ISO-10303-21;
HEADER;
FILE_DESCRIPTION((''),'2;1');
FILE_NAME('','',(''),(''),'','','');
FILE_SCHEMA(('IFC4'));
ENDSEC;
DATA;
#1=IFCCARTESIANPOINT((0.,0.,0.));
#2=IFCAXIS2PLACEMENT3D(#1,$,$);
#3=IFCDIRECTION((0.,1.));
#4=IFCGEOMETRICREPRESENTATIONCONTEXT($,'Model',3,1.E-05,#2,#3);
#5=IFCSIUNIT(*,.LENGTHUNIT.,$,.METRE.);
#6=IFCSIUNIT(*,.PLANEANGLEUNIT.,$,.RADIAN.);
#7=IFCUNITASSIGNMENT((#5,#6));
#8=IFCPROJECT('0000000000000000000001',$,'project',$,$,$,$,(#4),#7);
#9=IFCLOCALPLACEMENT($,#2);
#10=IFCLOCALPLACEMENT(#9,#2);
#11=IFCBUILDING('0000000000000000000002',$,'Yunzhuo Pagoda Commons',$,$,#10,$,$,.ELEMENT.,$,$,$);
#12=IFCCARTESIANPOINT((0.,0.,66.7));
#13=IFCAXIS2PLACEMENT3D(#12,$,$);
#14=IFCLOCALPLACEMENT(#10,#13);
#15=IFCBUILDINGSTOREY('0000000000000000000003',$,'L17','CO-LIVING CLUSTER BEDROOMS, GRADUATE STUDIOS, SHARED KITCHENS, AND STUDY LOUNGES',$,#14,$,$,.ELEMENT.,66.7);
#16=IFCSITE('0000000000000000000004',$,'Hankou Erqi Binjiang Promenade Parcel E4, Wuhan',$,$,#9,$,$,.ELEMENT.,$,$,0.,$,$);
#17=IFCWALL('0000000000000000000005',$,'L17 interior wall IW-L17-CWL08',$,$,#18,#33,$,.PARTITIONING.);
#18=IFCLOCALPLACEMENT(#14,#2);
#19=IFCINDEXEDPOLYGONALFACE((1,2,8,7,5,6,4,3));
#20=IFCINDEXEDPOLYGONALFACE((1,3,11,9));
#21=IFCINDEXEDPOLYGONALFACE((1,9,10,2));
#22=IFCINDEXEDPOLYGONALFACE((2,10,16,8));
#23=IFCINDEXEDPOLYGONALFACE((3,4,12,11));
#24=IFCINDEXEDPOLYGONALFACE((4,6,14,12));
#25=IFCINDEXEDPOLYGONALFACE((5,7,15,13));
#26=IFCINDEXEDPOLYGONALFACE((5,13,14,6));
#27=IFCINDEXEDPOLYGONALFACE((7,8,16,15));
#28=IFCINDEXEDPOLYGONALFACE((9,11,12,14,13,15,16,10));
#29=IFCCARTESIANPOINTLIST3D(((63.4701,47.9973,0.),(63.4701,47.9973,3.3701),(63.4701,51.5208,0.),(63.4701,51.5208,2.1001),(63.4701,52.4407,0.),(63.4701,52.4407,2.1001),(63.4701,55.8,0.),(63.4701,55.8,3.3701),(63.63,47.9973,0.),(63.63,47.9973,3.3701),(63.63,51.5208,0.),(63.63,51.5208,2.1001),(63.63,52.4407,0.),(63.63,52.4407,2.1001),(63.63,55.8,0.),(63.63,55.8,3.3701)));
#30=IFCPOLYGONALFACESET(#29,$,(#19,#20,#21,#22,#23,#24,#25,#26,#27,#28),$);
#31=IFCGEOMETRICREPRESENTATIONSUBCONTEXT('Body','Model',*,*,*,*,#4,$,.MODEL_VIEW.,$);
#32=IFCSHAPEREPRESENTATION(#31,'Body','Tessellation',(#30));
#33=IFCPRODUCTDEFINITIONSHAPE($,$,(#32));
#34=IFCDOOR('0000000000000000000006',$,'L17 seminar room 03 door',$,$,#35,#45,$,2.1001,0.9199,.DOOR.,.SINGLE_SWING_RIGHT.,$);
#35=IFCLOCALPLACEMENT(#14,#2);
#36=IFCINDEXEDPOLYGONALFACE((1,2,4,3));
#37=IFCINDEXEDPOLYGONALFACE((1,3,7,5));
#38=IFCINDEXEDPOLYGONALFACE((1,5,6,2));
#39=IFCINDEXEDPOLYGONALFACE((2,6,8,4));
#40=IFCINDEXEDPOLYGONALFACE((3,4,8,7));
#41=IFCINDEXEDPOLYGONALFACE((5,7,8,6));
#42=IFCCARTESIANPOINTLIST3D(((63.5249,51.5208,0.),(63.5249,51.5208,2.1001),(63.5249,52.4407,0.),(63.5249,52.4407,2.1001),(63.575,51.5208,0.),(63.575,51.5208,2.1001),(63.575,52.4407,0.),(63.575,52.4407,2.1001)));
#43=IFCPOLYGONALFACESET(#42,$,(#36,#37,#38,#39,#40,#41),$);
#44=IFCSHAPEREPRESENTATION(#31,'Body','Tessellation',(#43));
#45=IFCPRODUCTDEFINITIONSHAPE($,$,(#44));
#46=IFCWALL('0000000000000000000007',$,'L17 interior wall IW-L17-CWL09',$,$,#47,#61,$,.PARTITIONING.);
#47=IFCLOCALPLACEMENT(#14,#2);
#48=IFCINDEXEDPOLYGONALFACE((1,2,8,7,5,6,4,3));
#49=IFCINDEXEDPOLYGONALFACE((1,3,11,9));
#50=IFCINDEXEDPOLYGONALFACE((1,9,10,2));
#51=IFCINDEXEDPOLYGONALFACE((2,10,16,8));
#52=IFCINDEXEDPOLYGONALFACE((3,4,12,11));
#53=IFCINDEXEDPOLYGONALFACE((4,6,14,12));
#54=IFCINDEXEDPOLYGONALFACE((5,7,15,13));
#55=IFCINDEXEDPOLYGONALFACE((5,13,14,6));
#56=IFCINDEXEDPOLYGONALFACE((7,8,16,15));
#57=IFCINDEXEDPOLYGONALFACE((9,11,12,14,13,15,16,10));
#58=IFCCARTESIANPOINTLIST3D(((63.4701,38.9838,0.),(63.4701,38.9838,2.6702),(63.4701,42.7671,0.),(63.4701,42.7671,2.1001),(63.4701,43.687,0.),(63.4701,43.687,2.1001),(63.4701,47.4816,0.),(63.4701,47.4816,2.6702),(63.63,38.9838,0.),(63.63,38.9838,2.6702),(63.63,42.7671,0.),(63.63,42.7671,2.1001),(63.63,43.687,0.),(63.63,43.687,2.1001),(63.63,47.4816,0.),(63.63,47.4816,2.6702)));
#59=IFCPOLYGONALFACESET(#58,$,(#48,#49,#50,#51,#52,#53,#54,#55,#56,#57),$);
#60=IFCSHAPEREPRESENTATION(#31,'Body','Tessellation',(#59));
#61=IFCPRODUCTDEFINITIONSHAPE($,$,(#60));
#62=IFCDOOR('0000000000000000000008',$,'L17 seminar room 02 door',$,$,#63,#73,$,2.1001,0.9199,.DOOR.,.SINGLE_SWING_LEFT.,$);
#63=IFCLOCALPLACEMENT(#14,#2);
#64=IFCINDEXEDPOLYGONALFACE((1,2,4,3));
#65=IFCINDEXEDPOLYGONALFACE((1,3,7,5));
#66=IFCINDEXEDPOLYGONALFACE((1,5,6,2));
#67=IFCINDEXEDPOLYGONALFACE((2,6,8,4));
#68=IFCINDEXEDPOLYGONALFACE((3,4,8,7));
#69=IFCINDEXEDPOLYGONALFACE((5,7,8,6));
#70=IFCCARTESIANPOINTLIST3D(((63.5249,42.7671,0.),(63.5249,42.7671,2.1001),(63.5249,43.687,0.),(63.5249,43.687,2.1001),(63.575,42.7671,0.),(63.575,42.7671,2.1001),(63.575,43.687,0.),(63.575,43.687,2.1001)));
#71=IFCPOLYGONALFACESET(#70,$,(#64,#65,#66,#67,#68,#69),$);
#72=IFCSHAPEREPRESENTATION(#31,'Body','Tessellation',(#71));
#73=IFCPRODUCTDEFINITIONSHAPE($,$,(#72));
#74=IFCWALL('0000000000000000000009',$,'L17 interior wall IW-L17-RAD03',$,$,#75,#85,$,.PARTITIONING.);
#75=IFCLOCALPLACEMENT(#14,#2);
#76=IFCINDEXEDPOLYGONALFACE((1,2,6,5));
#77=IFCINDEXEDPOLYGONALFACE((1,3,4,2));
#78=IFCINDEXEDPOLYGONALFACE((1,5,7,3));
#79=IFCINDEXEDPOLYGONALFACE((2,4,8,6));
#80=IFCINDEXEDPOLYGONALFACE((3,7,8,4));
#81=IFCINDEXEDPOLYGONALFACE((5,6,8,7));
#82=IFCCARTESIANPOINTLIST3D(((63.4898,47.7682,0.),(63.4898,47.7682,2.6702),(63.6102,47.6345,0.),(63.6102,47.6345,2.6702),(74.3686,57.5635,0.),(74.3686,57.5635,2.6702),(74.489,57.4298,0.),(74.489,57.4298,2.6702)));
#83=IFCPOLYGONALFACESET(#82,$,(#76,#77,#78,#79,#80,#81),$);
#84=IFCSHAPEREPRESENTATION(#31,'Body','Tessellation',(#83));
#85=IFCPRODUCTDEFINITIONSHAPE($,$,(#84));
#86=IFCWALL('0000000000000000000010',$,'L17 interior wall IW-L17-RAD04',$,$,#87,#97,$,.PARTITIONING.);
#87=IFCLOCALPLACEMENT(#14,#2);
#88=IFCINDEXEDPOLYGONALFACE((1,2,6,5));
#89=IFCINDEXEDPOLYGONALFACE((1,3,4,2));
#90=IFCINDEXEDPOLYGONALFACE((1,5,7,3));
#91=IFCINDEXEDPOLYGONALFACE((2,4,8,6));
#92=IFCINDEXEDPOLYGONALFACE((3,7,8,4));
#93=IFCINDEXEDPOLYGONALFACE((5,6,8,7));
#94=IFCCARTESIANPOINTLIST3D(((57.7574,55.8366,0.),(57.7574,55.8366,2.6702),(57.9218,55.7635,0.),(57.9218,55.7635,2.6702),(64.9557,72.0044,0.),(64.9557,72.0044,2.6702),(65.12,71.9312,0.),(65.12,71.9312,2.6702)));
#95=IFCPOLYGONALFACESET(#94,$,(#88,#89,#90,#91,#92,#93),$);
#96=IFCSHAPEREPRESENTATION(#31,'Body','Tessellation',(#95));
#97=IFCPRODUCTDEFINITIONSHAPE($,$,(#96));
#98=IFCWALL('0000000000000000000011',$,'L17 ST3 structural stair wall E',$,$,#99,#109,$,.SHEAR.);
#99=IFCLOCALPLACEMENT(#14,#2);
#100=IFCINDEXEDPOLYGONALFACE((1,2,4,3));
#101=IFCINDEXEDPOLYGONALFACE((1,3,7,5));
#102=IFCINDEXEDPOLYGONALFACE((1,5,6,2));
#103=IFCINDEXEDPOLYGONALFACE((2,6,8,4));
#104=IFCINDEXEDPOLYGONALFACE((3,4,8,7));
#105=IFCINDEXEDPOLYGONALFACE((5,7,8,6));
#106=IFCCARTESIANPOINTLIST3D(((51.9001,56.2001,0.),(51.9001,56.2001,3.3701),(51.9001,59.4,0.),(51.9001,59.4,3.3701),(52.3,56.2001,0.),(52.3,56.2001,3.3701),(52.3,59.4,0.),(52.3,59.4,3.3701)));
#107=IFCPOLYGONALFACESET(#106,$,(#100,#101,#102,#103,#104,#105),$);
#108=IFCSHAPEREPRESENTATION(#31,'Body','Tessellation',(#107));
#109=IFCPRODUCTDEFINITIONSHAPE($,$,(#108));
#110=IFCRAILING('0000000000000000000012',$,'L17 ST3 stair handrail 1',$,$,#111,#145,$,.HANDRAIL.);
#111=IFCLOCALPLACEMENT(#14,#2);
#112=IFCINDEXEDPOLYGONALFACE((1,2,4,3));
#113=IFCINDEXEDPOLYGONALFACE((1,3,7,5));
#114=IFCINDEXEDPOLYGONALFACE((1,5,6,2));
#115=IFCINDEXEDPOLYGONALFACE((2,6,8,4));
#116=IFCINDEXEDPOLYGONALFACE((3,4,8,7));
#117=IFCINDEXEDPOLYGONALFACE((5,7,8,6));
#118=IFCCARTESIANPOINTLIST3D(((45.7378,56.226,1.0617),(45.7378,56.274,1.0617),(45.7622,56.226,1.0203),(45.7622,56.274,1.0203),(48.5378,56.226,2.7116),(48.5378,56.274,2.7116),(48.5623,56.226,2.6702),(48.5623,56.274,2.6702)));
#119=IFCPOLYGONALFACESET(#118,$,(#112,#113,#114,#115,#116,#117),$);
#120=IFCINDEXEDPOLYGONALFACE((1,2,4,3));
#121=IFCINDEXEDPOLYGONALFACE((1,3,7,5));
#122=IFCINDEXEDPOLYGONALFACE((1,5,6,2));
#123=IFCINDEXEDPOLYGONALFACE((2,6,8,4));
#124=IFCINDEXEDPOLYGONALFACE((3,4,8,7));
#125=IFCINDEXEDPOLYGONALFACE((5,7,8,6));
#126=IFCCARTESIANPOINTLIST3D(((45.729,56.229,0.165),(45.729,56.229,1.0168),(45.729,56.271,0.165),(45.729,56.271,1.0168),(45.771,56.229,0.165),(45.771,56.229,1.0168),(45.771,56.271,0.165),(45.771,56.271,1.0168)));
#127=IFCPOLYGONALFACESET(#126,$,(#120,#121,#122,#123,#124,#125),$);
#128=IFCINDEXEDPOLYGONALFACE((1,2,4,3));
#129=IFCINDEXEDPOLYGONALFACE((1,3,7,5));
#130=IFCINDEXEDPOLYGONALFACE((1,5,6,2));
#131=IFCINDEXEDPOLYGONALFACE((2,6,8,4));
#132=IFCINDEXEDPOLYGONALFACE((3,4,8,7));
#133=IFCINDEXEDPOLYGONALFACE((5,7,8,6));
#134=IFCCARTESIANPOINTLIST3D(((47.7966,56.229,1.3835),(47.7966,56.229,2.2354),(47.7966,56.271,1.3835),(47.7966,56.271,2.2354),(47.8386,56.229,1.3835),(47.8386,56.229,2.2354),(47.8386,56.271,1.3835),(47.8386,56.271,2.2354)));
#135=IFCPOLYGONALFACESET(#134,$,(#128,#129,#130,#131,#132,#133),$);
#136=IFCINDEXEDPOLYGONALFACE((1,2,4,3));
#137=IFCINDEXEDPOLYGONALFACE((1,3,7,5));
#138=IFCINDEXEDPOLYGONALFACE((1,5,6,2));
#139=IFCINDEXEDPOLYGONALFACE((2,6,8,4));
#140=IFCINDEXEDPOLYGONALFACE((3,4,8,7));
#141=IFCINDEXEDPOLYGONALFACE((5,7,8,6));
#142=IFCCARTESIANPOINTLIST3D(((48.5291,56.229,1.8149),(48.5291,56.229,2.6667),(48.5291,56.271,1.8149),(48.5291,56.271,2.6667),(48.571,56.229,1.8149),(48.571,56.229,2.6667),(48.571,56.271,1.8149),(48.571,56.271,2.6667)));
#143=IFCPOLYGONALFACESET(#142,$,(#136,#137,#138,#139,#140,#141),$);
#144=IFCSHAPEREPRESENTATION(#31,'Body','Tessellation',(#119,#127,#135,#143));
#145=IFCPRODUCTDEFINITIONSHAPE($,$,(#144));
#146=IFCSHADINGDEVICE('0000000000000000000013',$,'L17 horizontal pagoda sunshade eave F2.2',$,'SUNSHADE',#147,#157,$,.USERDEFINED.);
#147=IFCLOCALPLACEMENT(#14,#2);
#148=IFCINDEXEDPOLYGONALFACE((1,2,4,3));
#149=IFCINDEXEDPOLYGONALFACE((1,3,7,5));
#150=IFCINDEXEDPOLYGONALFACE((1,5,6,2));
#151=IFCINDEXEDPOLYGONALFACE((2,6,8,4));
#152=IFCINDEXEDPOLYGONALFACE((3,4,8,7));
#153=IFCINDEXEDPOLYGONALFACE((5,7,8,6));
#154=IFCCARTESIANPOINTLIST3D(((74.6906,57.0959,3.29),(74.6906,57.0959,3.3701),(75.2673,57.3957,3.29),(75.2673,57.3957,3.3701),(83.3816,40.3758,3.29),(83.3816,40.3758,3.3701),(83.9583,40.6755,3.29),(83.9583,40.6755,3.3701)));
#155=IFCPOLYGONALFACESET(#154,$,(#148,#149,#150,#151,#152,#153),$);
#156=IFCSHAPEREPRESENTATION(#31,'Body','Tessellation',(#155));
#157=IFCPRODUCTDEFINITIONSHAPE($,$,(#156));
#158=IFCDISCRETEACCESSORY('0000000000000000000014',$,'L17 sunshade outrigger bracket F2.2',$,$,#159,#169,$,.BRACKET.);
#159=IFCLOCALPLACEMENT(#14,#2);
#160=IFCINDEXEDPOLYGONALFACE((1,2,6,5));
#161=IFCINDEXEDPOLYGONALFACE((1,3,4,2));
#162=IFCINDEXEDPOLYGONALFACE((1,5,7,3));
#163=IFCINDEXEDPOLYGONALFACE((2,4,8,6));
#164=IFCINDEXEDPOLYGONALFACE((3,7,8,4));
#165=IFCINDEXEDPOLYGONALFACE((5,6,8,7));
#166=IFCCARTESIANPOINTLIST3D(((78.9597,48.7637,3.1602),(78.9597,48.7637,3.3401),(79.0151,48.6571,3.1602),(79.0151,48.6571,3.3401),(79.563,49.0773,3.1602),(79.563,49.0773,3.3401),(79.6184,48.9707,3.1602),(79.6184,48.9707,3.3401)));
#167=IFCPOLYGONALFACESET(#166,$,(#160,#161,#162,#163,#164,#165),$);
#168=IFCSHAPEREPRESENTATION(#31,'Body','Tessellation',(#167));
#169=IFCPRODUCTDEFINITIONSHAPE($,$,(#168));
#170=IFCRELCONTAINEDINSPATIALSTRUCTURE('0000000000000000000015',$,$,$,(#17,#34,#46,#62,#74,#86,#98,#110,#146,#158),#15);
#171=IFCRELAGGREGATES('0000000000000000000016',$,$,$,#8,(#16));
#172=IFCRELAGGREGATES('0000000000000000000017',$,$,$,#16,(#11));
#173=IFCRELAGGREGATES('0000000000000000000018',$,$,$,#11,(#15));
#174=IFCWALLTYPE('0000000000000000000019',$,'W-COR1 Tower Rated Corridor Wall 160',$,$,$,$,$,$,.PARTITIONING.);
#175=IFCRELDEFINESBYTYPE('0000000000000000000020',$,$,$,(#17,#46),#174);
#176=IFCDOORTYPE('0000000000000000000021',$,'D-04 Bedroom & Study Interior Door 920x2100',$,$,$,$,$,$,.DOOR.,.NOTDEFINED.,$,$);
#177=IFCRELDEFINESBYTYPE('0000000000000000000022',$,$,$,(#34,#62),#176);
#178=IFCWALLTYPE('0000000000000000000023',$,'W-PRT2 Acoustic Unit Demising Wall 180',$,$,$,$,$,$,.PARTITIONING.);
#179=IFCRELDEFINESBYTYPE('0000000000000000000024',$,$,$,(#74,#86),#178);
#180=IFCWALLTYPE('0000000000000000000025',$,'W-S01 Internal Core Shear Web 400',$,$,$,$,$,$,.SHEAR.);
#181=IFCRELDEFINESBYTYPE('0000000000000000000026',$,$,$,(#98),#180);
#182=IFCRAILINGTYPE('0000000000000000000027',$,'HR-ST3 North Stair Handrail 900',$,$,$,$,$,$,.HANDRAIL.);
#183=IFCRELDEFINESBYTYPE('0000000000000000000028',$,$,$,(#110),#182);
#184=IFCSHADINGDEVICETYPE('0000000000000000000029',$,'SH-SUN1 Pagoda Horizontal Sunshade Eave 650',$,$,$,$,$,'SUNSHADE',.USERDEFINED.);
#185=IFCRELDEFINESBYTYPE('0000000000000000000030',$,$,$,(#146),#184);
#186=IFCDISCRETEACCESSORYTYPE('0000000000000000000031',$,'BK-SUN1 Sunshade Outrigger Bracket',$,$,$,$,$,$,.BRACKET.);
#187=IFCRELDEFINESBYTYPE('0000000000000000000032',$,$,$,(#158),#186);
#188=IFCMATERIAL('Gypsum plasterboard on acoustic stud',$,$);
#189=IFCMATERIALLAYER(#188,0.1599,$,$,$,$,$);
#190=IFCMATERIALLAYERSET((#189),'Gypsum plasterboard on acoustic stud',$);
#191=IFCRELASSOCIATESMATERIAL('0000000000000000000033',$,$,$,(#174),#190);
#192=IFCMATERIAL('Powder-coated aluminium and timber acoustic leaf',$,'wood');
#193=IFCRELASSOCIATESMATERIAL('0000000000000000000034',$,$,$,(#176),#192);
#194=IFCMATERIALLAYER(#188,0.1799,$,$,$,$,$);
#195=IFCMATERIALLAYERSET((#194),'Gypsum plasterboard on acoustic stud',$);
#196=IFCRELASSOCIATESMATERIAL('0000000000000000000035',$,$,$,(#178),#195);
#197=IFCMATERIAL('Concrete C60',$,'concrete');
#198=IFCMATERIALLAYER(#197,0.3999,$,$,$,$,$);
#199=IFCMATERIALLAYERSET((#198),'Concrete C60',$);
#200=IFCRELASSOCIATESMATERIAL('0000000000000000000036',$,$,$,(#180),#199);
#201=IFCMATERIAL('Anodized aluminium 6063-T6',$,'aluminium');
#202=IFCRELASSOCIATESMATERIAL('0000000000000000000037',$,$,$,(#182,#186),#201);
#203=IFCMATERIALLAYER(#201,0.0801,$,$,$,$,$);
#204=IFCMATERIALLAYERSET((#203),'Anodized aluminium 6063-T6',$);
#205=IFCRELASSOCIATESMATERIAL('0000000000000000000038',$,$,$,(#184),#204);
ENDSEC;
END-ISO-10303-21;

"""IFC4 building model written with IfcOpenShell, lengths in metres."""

from ifc_helpers import new_model, si_unit, direction, frame, frame_2d, origin, origin_with_axes, origin_2d, place, context, subcontext, project, spatial, rectangle, extrude, source, transform, mapped, material, layer, layer_set, type_object, element, fill, save


model = new_model("IFC4")

# Units and contexts
model_context = context("Model", 3, precision=1e-05, world=origin(), true_north=direction((0.0, 1.0)))
body_context = subcontext(model_context, "Body", "Model", "MODEL_VIEW")
ifc_project = project(units=[si_unit("LENGTHUNIT", "METRE"), si_unit("PLANEANGLEUNIT", "RADIAN")], contexts=[model_context])

# Site, building, storey
site_placement = place(None, origin())
site = spatial("IfcSite", under=ifc_project, at=site_placement, Name="Hankou Erqi Binjiang Promenade Parcel E4, Wuhan", CompositionType="ELEMENT", RefElevation=0.0)
building_placement = place(site_placement, origin())
building = spatial("IfcBuilding", under=site, at=building_placement, Name="Yunzhuo Pagoda Commons", CompositionType="ELEMENT")
storey_placement = place(building_placement, frame((0.0, 0.0, 66.7)))
storey = spatial("IfcBuildingStorey", under=building, at=storey_placement, Name="L17", Description="CO-LIVING CLUSTER BEDROOMS, GRADUATE STUDIOS, SHARED KITCHENS, AND STUDY LOUNGES", CompositionType="ELEMENT", Elevation=66.7)

# Shared definitions
ifc_material_1 = material(Name="Anodized aluminium 6063-T6", Category="aluminium")

# Shared definitions
ifc_material_2 = material(Name="Gypsum plasterboard on acoustic stud")
ifc_layer_1 = layer(ifc_material_2, 0.1599)
ifc_layer_set_1 = layer_set([ifc_layer_1], Name="Gypsum plasterboard on acoustic stud")
wall_type_1 = type_object("IfcWallType", Name="W-COR1 Tower Rated Corridor Wall 160", PredefinedType="PARTITIONING", material=ifc_layer_set_1)

# Walls, openings, doors
wall_1_placement = place(storey_placement, frame((63.55, 55.8, 0.0), z_axis=(0.0, 0.0, 1.0), x_axis=(0.0, -1.0, 0.0)))
wall_1 = element("IfcWall", 1, at=wall_1_placement, inside=storey, type_object=wall_type_1, Name="L17 interior wall IW-L17-CWL08", PredefinedType="PARTITIONING", context=body_context, shape_type="SweptSolid", body=[
    extrude(rectangle(XDim=7.8027, YDim=0.1599, at=frame_2d((3.9014, 0.0))), origin(), (0.0, 0.0, 1.0), 3.3701),
])
opening_1_placement = place(wall_1_placement, frame((3.3594, 0.0, 0.0)))
opening_1 = element("IfcOpeningElement", 2, at=opening_1_placement, cuts=wall_1, PredefinedType="OPENING", context=body_context, shape_type="SweptSolid", body=[
    extrude(rectangle(XDim=0.9199, YDim=2.1001, at=frame_2d((0.46, 1.05))), frame((0.0, 0.0898, 0.0), z_axis=(0.0, -1.0, 0.0), x_axis=(1.0, 0.0, 0.0)), (0.0, 0.0, 1.0), 0.1799),
])
ifc_material_3 = material(Name="Powder-coated aluminium and timber acoustic leaf", Category="wood")
door_type = type_object("IfcDoorType", Name="D-04 Bedroom & Study Interior Door 920x2100", OperationType="NOTDEFINED", PredefinedType="DOOR", material=ifc_material_3)
shared_shape_1 = source(origin(), body_context, "Body", "SweptSolid", [
    extrude(rectangle(XDim=0.9199, YDim=2.1001, at=frame_2d((0.46, 1.05))), frame((0.0, 0.0249, 0.0), z_axis=(0.0, -1.0, 0.0), x_axis=(1.0, 0.0, 0.0)), (0.0, 0.0, 1.0), 0.05),
])
door_1_placement = place(opening_1_placement, origin_with_axes())
door_1 = element("IfcDoor", 3, at=door_1_placement, inside=storey, type_object=door_type, Name="L17 seminar room 03 door", OperationType="SINGLE_SWING_RIGHT", OverallHeight=2.1001, OverallWidth=0.9199, PredefinedType="DOOR", context=body_context, shape_type="MappedRepresentation", body=[
    mapped(shared_shape_1, transform((0.0, 0.0, 0.0), scale=1.0)),
])
fill(opening_1, door_1)
wall_2_placement = place(storey_placement, frame((63.55, 47.4817, 0.0), z_axis=(0.0, 0.0, 1.0), x_axis=(0.0, -1.0, 0.0)))
wall_2 = element("IfcWall", 4, at=wall_2_placement, inside=storey, type_object=wall_type_1, Name="L17 interior wall IW-L17-CWL09", PredefinedType="PARTITIONING", context=body_context, shape_type="SweptSolid", body=[
    extrude(rectangle(XDim=8.4978, YDim=0.1599, at=frame_2d((4.249, 0.0))), origin(), (0.0, 0.0, 1.0), 2.6702),
])
opening_2_placement = place(wall_2_placement, frame((3.7947, 0.0, 0.0)))
opening_2 = element("IfcOpeningElement", 5, at=opening_2_placement, cuts=wall_2, PredefinedType="OPENING", context=body_context, shape_type="SweptSolid", body=[
    extrude(rectangle(XDim=0.9199, YDim=2.1001, at=frame_2d((0.46, 1.05))), frame((0.0, 0.0898, 0.0), z_axis=(0.0, -1.0, 0.0), x_axis=(1.0, 0.0, 0.0)), (0.0, 0.0, 1.0), 0.1799),
])
door_2_placement = place(opening_2_placement, origin_with_axes())
door_2 = element("IfcDoor", 6, at=door_2_placement, inside=storey, type_object=door_type, Name="L17 seminar room 02 door", OperationType="SINGLE_SWING_LEFT", OverallHeight=2.1001, OverallWidth=0.9199, PredefinedType="DOOR", context=body_context, shape_type="MappedRepresentation", body=[
    mapped(shared_shape_1, transform((0.0, 0.0, 0.0), scale=1.0)),
])
fill(opening_2, door_2)

# Walls
ifc_layer_2 = layer(ifc_material_2, 0.1799)
ifc_layer_set_2 = layer_set([ifc_layer_2], Name="Gypsum plasterboard on acoustic stud")
wall_type_2 = type_object("IfcWallType", Name="W-PRT2 Acoustic Unit Demising Wall 180", PredefinedType="PARTITIONING", material=ifc_layer_set_2)
wall_3_placement = place(storey_placement, frame((63.55, 47.7014, 0.0), z_axis=(0.0, 0.0, 1.0), x_axis=(0.743145, 0.669131, 0.0)))
element("IfcWall", 7, at=wall_3_placement, inside=storey, type_object=wall_type_2, Name="L17 interior wall IW-L17-RAD03", PredefinedType="PARTITIONING", context=body_context, shape_type="SweptSolid", body=[
    extrude(rectangle(XDim=14.6389, YDim=0.1799, at=frame_2d((7.3193, 0.0))), origin(), (0.0, 0.0, 1.0), 2.6702),
])
wall_4_placement = place(storey_placement, frame((57.8396, 55.8, 0.0), z_axis=(0.0, 0.0, 1.0), x_axis=(0.406732, 0.913547, 0.0)))
element("IfcWall", 8, at=wall_4_placement, inside=storey, type_object=wall_type_2, Name="L17 interior wall IW-L17-RAD04", PredefinedType="PARTITIONING", context=body_context, shape_type="SweptSolid", body=[
    extrude(rectangle(XDim=17.6978, YDim=0.1799, at=frame_2d((8.8489, 0.0))), origin(), (0.0, 0.0, 1.0), 2.6702),
])
ifc_material_4 = material(Name="Concrete C60", Category="concrete")
ifc_layer_3 = layer(ifc_material_4, 0.3999)
ifc_layer_set_3 = layer_set([ifc_layer_3], Name="Concrete C60")
wall_type_3 = type_object("IfcWallType", Name="W-S01 Internal Core Shear Web 400", PredefinedType="SHEAR", material=ifc_layer_set_3)
wall_5_placement = place(storey_placement, frame((52.1001, 56.2, 0.0), z_axis=(0.0, 0.0, 1.0), x_axis=(0.0, 1.0, 0.0)))
element("IfcWall", 9, at=wall_5_placement, inside=storey, type_object=wall_type_3, Name="L17 ST3 structural stair wall E", PredefinedType="SHEAR", context=body_context, shape_type="SweptSolid", body=[
    extrude(rectangle(XDim=3.2, YDim=0.3999, at=frame_2d((1.6001, 0.0))), origin(), (0.0, 0.0, 1.0), 3.3701),
])

# Railing
railing_type = type_object("IfcRailingType", Name="HR-ST3 North Stair Handrail 900", PredefinedType="HANDRAIL", material=ifc_material_1)
railing_placement = place(storey_placement, frame((45.75, 56.25, 0.165)))
element("IfcRailing", 10, at=railing_placement, inside=storey, type_object=railing_type, Name="L17 ST3 stair handrail 1", PredefinedType="HANDRAIL", context=body_context, shape_type="SweptSolid", body=[
    extrude(rectangle(XDim=0.0481, YDim=0.0481, at=origin_2d()), frame((0.0, 0.0, 0.876), z_axis=(0.861555, 0.0, 0.507663), x_axis=(0.0, 1.0, 0.0)), (0.0, 0.0, 1.0), 3.25),
    extrude(rectangle(XDim=0.042, YDim=0.042, at=origin_2d()), origin(), (0.0, 0.0, 1.0), 0.8518),
    extrude(rectangle(XDim=0.042, YDim=0.042, at=origin_2d()), frame((2.0676, 0.0, 1.2185)), (0.0, 0.0, 1.0), 0.8518),
    extrude(rectangle(XDim=0.042, YDim=0.042, at=origin_2d()), frame((2.8, 0.0, 1.6499)), (0.0, 0.0, 1.0), 0.8518),
])

# Shading device
ifc_layer_4 = layer(ifc_material_1, 0.0801)
ifc_layer_set_4 = layer_set([ifc_layer_4], Name="Anodized aluminium 6063-T6")
shading_device_type = type_object("IfcShadingDeviceType", Name="SH-SUN1 Pagoda Horizontal Sunshade Eave 650", ElementType="SUNSHADE", PredefinedType="USERDEFINED", material=ifc_layer_set_4)
shared_shape_2 = source(origin(), body_context, "Body", "SweptSolid", [
    extrude(rectangle(XDim=18.844, YDim=0.6499, at=origin_2d()), origin(), (0.0, 0.0, 1.0), 0.0801),
])
shading_device_placement = place(storey_placement, frame((79.3245, 48.8857, 3.29), z_axis=(0.0, 0.0, 1.0), x_axis=(-0.461207, 0.887293, 0.0)))
element("IfcShadingDevice", 11, at=shading_device_placement, inside=storey, type_object=shading_device_type, Name="L17 horizontal pagoda sunshade eave F2.2", ObjectType="SUNSHADE", PredefinedType="USERDEFINED", context=body_context, shape_type="MappedRepresentation", body=[
    mapped(shared_shape_2, transform((0.0, 0.0, 0.0), scale=1.0)),
])

# Discrete accessory
discrete_accessory_type = type_object("IfcDiscreteAccessoryType", Name="BK-SUN1 Sunshade Outrigger Bracket", PredefinedType="BRACKET", material=ifc_material_1)
shared_shape_3 = source(origin(), body_context, "Body", "SweptSolid", [
    extrude(rectangle(XDim=0.1201, YDim=0.6799, at=origin_2d()), origin(), (0.0, 0.0, 1.0), 0.1799),
])
discrete_accessory_placement = place(storey_placement, frame((79.2891, 48.8672, 3.1602), z_axis=(0.0, 0.0, 1.0), x_axis=(-0.461207, 0.887293, 0.0)))
element("IfcDiscreteAccessory", 12, at=discrete_accessory_placement, inside=storey, type_object=discrete_accessory_type, Name="L17 sunshade outrigger bracket F2.2", PredefinedType="BRACKET", context=body_context, shape_type="MappedRepresentation", body=[
    mapped(shared_shape_3, transform((0.0, 0.0, 0.0), scale=1.0)),
])

save(model, "model.ifc")
